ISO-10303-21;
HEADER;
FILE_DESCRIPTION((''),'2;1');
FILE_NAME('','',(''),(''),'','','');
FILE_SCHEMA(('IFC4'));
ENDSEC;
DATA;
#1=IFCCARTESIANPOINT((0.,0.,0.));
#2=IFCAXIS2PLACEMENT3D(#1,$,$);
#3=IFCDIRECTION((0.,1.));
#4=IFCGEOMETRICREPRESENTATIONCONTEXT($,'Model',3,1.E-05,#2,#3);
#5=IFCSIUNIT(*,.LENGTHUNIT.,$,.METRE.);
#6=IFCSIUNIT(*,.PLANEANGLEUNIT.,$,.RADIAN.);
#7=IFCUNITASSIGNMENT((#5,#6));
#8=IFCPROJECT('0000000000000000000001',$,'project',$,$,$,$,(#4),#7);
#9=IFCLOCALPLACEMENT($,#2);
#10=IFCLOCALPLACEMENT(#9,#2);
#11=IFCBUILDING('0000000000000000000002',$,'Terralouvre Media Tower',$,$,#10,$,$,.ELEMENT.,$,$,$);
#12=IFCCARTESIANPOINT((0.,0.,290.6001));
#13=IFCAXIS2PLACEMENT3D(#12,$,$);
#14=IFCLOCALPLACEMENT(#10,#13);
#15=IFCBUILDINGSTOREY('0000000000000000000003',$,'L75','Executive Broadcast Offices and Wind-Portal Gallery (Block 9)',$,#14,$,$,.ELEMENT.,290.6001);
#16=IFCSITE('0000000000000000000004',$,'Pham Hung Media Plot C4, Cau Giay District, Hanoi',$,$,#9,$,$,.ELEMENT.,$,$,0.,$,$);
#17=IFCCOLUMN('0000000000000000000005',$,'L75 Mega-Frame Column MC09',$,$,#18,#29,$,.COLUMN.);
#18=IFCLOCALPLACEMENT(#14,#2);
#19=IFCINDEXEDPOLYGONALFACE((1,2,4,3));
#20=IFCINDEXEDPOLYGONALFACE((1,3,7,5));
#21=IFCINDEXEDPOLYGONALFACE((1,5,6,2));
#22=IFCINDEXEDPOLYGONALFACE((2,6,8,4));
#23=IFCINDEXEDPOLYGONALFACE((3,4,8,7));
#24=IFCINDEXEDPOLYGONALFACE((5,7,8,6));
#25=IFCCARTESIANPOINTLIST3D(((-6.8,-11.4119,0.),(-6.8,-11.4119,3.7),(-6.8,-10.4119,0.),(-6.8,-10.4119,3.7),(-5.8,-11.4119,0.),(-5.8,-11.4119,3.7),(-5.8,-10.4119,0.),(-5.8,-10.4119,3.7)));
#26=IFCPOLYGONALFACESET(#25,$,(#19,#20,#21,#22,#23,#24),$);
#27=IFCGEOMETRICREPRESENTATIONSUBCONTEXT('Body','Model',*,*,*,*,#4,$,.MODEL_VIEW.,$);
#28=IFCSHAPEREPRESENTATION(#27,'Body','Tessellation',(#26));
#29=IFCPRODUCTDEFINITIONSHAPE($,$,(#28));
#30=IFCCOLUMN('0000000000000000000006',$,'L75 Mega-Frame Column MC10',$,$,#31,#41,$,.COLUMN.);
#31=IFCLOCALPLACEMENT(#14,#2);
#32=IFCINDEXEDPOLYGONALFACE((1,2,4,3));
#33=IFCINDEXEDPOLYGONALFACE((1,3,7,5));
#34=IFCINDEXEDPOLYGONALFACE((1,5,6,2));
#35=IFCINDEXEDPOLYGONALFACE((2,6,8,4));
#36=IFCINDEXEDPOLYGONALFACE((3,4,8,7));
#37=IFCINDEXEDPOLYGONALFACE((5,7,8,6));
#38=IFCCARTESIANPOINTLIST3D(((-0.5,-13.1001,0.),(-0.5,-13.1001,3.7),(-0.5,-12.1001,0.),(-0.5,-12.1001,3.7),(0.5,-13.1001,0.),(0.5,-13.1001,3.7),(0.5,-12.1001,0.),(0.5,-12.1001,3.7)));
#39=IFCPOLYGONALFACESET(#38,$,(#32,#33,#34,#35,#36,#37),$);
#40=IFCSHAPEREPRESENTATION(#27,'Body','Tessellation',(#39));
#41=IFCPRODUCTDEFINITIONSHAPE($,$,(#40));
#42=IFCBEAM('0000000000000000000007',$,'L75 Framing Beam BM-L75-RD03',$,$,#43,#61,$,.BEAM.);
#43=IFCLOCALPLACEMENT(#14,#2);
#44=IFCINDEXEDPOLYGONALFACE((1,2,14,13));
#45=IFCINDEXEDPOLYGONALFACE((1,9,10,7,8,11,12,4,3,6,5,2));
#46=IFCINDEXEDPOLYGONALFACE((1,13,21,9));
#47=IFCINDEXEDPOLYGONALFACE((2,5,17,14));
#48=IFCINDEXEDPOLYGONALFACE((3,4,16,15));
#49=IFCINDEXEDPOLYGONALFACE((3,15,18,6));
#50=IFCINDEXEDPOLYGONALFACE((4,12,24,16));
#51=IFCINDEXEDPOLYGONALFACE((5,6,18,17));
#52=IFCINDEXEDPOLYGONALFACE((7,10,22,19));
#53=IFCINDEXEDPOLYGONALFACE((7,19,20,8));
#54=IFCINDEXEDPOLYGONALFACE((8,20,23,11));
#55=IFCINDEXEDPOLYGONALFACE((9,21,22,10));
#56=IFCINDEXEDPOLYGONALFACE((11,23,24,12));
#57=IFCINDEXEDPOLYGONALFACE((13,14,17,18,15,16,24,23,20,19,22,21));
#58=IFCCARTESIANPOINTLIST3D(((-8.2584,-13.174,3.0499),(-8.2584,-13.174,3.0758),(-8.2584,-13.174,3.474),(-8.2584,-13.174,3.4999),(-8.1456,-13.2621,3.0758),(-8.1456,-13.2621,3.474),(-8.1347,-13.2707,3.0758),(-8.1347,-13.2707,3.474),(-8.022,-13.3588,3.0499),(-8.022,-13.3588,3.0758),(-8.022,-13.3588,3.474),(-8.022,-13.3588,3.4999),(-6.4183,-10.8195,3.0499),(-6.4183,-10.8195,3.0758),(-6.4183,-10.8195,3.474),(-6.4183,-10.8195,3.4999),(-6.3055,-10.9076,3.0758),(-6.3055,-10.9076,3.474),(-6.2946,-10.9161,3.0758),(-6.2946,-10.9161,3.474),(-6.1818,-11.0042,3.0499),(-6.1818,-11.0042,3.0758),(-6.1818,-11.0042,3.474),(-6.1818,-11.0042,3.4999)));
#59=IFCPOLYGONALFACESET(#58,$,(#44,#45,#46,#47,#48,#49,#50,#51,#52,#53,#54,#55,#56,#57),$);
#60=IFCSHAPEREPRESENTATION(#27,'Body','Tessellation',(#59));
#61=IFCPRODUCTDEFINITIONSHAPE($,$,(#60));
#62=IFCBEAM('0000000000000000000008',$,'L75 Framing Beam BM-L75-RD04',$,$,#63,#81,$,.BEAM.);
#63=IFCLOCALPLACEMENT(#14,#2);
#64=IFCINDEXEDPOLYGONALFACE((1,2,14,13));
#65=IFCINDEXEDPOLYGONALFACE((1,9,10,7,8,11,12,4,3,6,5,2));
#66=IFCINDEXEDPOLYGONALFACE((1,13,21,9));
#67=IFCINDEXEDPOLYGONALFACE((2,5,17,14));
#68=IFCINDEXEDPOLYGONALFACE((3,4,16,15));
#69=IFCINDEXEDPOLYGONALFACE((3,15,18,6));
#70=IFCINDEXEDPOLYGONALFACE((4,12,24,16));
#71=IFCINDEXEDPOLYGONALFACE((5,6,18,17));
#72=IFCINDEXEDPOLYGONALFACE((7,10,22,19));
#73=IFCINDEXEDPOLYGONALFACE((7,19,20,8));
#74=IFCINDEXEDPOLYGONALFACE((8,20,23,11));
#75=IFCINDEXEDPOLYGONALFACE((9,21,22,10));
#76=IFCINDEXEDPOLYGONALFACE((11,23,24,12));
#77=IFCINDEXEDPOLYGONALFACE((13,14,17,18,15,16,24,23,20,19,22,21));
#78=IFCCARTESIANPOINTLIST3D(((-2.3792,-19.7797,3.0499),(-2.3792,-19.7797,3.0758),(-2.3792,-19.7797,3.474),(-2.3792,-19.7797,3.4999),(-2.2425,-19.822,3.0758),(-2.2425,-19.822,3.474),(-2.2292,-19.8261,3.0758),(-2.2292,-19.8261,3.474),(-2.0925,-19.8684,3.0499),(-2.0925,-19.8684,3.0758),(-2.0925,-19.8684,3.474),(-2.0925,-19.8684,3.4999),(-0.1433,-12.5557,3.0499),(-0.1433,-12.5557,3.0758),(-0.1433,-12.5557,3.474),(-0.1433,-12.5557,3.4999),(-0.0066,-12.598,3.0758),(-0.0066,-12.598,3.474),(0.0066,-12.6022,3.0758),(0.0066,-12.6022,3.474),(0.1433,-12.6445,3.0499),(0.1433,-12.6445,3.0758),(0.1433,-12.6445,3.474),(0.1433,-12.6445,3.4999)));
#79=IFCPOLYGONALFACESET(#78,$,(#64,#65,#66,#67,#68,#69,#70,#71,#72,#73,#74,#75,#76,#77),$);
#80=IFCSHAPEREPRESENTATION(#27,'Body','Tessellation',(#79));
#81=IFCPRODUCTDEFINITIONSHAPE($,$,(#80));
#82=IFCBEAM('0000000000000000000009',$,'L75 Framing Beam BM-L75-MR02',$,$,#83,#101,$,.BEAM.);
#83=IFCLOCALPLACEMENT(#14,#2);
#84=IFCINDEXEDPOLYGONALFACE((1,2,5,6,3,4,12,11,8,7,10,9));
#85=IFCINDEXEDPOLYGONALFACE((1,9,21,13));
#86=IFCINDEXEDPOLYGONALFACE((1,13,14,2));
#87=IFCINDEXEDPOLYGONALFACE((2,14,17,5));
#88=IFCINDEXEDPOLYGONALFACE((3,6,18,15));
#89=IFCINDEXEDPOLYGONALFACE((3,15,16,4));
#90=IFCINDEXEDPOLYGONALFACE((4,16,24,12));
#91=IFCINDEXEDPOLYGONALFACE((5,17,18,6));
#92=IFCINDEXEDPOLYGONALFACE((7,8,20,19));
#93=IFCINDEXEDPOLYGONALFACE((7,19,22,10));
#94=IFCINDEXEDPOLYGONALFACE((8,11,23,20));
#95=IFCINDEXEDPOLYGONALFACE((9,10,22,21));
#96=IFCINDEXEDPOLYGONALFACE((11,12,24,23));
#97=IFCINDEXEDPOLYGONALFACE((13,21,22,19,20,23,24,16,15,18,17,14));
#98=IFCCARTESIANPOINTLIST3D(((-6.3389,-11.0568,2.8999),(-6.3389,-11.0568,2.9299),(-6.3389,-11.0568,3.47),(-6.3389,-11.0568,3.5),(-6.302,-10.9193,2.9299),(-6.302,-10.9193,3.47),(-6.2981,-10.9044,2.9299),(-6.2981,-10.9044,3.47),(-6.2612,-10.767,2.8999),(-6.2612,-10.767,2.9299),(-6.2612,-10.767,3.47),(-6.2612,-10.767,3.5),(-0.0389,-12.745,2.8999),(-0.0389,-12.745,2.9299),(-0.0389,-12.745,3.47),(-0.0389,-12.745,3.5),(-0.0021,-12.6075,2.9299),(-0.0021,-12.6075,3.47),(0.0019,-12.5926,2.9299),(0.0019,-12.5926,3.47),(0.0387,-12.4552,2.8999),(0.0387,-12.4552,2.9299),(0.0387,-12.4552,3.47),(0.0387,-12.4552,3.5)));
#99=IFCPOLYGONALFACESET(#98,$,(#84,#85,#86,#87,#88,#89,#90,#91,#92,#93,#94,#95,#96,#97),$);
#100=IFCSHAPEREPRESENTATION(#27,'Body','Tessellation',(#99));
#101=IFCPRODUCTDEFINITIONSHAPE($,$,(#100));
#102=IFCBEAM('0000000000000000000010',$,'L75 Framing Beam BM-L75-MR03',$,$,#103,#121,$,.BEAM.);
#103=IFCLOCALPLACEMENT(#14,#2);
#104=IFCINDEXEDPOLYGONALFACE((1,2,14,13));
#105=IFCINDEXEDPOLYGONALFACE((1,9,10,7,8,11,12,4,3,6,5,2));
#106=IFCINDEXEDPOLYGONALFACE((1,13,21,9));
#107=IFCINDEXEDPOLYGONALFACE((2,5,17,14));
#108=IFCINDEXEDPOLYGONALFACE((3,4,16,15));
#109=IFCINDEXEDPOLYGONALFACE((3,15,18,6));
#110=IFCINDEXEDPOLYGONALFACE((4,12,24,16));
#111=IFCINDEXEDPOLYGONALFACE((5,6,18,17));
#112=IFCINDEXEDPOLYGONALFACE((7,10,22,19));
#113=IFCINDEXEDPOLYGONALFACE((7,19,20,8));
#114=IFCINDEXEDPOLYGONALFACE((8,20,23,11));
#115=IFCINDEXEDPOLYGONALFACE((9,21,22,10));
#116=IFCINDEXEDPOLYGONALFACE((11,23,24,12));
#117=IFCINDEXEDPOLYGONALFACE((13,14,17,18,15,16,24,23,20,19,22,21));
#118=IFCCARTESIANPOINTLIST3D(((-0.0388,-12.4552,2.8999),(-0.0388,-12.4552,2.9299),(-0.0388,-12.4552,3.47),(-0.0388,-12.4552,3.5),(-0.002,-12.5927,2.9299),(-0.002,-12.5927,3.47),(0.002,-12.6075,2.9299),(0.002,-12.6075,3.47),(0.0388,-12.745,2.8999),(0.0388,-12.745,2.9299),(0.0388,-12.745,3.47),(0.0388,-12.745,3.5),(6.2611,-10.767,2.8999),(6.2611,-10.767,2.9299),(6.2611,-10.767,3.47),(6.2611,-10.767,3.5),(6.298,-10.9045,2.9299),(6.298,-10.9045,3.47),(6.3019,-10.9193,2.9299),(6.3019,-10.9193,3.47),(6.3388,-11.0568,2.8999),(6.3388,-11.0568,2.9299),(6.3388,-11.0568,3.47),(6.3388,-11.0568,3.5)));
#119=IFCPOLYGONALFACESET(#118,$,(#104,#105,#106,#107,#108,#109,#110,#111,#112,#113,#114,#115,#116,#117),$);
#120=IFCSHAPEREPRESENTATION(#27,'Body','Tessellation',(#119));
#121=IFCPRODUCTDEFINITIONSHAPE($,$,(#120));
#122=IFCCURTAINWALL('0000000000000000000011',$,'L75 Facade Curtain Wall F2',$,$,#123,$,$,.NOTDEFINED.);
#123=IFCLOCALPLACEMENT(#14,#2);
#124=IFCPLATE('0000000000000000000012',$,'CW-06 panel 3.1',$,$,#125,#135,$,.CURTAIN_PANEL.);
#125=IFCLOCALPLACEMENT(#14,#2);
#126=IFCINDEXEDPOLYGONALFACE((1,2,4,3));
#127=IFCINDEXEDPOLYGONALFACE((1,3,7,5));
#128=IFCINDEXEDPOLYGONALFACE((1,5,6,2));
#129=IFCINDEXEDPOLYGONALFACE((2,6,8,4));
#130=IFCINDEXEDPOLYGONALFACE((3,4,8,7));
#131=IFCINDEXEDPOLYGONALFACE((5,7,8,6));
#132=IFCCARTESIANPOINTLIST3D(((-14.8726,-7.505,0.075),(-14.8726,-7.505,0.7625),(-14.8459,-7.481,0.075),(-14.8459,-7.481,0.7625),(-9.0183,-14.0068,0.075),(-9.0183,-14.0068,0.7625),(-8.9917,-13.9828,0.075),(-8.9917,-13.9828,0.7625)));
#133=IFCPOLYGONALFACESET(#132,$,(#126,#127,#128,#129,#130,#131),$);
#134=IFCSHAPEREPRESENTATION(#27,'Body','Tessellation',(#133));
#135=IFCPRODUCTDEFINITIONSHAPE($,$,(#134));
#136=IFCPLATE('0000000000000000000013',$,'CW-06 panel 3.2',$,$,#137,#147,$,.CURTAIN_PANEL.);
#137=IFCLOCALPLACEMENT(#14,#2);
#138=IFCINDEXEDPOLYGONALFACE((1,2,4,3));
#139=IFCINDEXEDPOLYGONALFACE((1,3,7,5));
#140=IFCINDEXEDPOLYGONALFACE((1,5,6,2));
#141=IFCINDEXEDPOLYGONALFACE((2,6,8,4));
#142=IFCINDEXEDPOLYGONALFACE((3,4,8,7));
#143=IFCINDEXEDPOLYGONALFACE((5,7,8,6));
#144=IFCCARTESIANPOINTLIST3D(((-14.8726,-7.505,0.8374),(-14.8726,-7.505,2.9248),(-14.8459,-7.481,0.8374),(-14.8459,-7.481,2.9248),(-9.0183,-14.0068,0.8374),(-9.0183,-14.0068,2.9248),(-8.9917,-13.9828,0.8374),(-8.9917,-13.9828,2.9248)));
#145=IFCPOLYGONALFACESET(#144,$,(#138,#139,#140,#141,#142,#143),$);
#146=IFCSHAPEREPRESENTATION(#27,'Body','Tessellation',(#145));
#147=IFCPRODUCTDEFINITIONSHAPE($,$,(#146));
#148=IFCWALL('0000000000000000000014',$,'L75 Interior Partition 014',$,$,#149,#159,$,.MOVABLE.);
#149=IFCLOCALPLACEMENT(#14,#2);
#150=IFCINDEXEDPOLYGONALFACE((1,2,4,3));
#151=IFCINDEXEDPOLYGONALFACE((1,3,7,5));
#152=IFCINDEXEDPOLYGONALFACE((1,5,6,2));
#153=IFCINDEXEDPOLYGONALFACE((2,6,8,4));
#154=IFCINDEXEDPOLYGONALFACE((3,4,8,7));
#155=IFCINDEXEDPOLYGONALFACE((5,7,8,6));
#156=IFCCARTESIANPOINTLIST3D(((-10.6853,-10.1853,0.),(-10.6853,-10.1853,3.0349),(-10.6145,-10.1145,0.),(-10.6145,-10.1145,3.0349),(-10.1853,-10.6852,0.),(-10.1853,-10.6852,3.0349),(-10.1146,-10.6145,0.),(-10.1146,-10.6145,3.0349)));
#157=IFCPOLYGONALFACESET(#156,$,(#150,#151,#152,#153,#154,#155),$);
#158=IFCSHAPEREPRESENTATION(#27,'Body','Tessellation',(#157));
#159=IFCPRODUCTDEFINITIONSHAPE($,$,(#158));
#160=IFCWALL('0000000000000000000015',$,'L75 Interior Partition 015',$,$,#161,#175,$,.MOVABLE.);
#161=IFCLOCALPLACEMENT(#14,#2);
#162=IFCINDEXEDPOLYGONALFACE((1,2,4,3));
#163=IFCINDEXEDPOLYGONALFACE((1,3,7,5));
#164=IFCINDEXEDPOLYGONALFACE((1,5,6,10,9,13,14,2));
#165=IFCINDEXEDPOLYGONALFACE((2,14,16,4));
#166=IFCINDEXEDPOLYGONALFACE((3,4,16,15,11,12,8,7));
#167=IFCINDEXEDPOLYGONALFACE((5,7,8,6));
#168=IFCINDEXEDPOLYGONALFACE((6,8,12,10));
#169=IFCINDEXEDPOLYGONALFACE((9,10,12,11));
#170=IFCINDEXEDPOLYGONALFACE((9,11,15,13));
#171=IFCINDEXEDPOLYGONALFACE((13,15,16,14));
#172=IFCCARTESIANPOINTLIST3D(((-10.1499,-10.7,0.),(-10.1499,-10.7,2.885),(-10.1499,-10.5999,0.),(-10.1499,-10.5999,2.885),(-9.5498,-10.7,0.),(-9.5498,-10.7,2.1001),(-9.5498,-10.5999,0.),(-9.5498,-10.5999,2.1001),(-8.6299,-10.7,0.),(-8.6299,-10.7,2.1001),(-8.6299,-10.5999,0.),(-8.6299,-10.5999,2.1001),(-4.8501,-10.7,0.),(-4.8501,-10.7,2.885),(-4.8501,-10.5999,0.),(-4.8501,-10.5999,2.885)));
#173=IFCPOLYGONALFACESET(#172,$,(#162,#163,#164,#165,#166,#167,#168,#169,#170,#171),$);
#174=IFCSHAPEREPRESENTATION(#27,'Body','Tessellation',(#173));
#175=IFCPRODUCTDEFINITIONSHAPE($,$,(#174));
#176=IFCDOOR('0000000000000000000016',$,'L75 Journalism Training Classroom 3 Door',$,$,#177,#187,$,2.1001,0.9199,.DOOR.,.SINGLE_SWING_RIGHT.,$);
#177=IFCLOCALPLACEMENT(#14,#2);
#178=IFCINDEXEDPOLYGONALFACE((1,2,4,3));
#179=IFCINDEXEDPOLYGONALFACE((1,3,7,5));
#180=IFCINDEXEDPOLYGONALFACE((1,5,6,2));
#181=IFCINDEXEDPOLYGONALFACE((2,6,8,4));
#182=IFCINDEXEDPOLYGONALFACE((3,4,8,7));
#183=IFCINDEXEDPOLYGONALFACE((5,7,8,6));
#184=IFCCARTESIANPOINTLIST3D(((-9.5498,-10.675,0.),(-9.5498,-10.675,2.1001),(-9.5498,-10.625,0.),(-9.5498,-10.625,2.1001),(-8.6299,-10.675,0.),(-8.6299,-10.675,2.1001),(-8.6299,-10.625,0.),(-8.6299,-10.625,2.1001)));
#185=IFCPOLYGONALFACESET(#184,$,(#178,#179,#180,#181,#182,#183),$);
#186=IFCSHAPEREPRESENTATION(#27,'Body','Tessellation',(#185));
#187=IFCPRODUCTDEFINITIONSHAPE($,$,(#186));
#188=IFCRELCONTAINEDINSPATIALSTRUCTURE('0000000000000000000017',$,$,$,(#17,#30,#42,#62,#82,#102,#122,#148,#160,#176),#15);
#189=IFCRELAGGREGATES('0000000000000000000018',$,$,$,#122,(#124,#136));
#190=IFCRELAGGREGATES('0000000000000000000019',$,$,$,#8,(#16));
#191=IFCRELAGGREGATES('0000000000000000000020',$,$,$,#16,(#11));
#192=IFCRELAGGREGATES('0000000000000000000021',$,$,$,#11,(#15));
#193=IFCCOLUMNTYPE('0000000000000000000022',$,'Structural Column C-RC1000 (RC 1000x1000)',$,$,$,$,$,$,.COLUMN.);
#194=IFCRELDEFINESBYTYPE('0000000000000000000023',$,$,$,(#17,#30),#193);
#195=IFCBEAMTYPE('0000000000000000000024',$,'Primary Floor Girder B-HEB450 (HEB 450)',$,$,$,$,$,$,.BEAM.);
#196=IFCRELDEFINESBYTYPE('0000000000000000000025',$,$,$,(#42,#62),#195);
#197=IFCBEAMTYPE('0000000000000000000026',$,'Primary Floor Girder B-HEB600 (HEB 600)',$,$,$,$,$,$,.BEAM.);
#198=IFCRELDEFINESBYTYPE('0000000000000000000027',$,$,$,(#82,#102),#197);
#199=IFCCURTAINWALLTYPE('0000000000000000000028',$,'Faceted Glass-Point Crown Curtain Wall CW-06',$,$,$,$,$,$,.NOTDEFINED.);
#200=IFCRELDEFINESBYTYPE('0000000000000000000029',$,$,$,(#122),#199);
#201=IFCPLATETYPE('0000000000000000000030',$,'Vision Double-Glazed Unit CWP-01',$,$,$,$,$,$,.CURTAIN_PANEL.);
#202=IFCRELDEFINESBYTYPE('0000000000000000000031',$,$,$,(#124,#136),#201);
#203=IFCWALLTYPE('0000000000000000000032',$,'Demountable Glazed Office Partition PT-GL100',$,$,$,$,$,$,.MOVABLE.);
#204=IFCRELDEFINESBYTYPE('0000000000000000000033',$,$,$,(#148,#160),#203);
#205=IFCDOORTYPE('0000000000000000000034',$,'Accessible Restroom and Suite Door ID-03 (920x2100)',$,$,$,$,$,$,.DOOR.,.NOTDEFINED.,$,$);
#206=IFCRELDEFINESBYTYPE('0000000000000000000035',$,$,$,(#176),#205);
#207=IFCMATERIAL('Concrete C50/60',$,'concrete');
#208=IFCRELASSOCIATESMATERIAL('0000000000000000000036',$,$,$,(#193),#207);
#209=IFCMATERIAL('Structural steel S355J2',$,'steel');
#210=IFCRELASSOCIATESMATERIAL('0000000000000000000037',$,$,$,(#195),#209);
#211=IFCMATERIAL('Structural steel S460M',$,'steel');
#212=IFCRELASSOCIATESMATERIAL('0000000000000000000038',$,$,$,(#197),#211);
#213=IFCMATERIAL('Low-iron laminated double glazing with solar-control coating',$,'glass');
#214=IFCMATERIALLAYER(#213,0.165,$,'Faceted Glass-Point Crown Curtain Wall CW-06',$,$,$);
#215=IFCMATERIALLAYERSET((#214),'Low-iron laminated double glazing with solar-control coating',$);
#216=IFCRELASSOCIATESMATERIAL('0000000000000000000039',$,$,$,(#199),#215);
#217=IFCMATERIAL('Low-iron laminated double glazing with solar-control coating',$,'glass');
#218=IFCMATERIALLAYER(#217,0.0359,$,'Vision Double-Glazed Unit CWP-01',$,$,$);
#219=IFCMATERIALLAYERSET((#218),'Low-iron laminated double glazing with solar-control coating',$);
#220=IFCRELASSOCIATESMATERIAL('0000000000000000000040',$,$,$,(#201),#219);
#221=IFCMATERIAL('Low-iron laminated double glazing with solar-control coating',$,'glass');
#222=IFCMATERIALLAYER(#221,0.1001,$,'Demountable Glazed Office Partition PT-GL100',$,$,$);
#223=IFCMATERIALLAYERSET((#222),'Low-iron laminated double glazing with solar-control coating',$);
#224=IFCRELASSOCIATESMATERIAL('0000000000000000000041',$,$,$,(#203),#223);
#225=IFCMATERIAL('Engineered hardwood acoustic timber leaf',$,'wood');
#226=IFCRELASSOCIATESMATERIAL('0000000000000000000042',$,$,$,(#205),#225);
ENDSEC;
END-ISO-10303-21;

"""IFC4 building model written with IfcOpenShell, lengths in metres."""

from ifc_helpers import new_model, si_unit, direction, frame, frame_2d, origin, origin_2d, place, context, subcontext, project, spatial, rectangle, i_section, extrude, material, layer, layer_set, material_profile, profile_set, type_object, element, fill, aggregate, save


model = new_model("IFC4")

# Units and contexts
model_context = context("Model", 3, precision=1e-05, world=origin(), true_north=direction((0.0, 1.0)))
body_context = subcontext(model_context, "Body", "Model", "MODEL_VIEW")
ifc_project = project(units=[si_unit("LENGTHUNIT", "METRE"), si_unit("PLANEANGLEUNIT", "RADIAN")], contexts=[model_context])

# Site, building, storey
site_placement = place(None, origin())
site = spatial("IfcSite", under=ifc_project, at=site_placement, Name="Pham Hung Media Plot C4, Cau Giay District, Hanoi", CompositionType="ELEMENT", RefElevation=0.0)
building_placement = place(site_placement, origin())
building = spatial("IfcBuilding", under=site, at=building_placement, Name="Terralouvre Media Tower", CompositionType="ELEMENT")
storey_placement = place(building_placement, frame((0.0, 0.0, 290.6001)))
storey = spatial("IfcBuildingStorey", under=building, at=storey_placement, Name="L75", Description="Executive Broadcast Offices and Wind-Portal Gallery (Block 9)", CompositionType="ELEMENT", Elevation=290.6001)

# Columns
ifc_material_1 = material(Name="Concrete C50/60", Category="concrete")
ifc_material_profile_1 = material_profile(ifc_material_1, rectangle(XDim=1.0, YDim=1.0, at=origin_2d()), Name="RC 1000x1000")
ifc_profile_set_1 = profile_set([ifc_material_profile_1], Name="Concrete C50/60")
column_type = type_object("IfcColumnType", Name="Structural Column C-RC1000 (RC 1000x1000)", PredefinedType="COLUMN", material=ifc_profile_set_1)
for number, where, z_axis, x_axis, name in (
    (1, (-6.3, -10.9119, 0.0), (0.0, 0.0, 1.0), (1.0, 0.0, 0.0), "L75 Mega-Frame Column MC09"),
    (2, (0.0, -12.6001, 0.0), (0.0, 0.0, 1.0), (1.0, 0.0, 0.0), "L75 Mega-Frame Column MC10"),
):
    element("IfcColumn", number, at=place(storey_placement, frame(where, z_axis=z_axis, x_axis=x_axis)), inside=storey, type_object=column_type, Name=name, PredefinedType="COLUMN", context=body_context, shape_type="SweptSolid", body=[
        extrude(rectangle(XDim=1.0, YDim=1.0, at=origin_2d()), origin(), (0.0, 0.0, 1.0), 3.7),
    ])

# Beams
ifc_material_2 = material(Name="Structural steel S355J2", Category="steel")
ifc_material_profile_2 = material_profile(ifc_material_2, i_section(OverallWidth=0.3, OverallDepth=0.45, WebThickness=0.0139, FlangeThickness=0.0259, at=origin_2d()), Name="HEB 450")
ifc_profile_set_2 = profile_set([ifc_material_profile_2], Name="Structural steel S355J2")
beam_type_1 = type_object("IfcBeamType", Name="Primary Floor Girder B-HEB450 (HEB 450)", PredefinedType="BEAM", material=ifc_profile_set_2)
beam_1_placement = place(storey_placement, frame((-6.3, -10.9119, 3.2749), z_axis=(-0.615777, -0.78792, 0.0), x_axis=(0.78792, -0.615777, 0.0)))
element("IfcBeam", 3, at=beam_1_placement, inside=storey, type_object=beam_type_1, Name="L75 Framing Beam BM-L75-RD03", PredefinedType="BEAM", context=body_context, shape_type="SweptSolid", body=[
    extrude(i_section(OverallWidth=0.3, OverallDepth=0.45, WebThickness=0.0139, FlangeThickness=0.0259, at=origin_2d()), origin(), (0.0, 0.0, 1.0), 2.9883),
])
beam_2_placement = place(storey_placement, frame((0.0, -12.6001, 3.2749), z_axis=(-0.295669, -0.95529, 0.0), x_axis=(0.95529, -0.295669, 0.0)))
element("IfcBeam", 4, at=beam_2_placement, inside=storey, type_object=beam_type_1, Name="L75 Framing Beam BM-L75-RD04", PredefinedType="BEAM", context=body_context, shape_type="SweptSolid", body=[
    extrude(i_section(OverallWidth=0.3, OverallDepth=0.45, WebThickness=0.0139, FlangeThickness=0.0259, at=origin_2d()), origin(), (0.0, 0.0, 1.0), 7.562),
])
ifc_material_3 = material(Name="Structural steel S460M", Category="steel")
ifc_material_profile_3 = material_profile(ifc_material_3, i_section(OverallWidth=0.3, OverallDepth=0.6001, WebThickness=0.0154, FlangeThickness=0.03, at=origin_2d()), Name="HEB 600")
ifc_profile_set_3 = profile_set([ifc_material_profile_3], Name="Structural steel S460M")
beam_type_2 = type_object("IfcBeamType", Name="Primary Floor Girder B-HEB600 (HEB 600)", PredefinedType="BEAM", material=ifc_profile_set_3)
for number, where, z_axis, x_axis, name in (
    (5, (-6.3, -10.9119, 3.2), (0.96592, -0.258839, 0.0), (0.258839, 0.96592, 0.0), "L75 Framing Beam BM-L75-MR02"),
    (6, (0.0, -12.6001, 3.2), (0.96592, 0.258839, 0.0), (-0.258839, 0.96592, 0.0), "L75 Framing Beam BM-L75-MR03"),
):
    element("IfcBeam", number, at=place(storey_placement, frame(where, z_axis=z_axis, x_axis=x_axis)), inside=storey, type_object=beam_type_2, Name=name, PredefinedType="BEAM", context=body_context, shape_type="SweptSolid", body=[
        extrude(i_section(OverallWidth=0.3, OverallDepth=0.6001, WebThickness=0.0154, FlangeThickness=0.03, at=origin_2d()), origin(), (0.0, 0.0, 1.0), 6.5222),
    ])

# Curtain wall, plates
ifc_material_4 = material(Name="Low-iron laminated double glazing with solar-control coating", Category="glass")
ifc_layer_1 = layer(ifc_material_4, 0.165, Name="Faceted Glass-Point Crown Curtain Wall CW-06")
ifc_layer_set_1 = layer_set([ifc_layer_1], Name="Low-iron laminated double glazing with solar-control coating")
curtain_wall_type = type_object("IfcCurtainWallType", Name="Faceted Glass-Point Crown Curtain Wall CW-06", PredefinedType="NOTDEFINED", material=ifc_layer_set_1)
curtain_wall_placement = place(storey_placement, origin())
curtain_wall = element("IfcCurtainWall", 7, at=curtain_wall_placement, inside=storey, type_object=curtain_wall_type, Name="L75 Facade Curtain Wall F2", PredefinedType="NOTDEFINED")
ifc_material_5 = material(Name="Low-iron laminated double glazing with solar-control coating", Category="glass")
ifc_layer_2 = layer(ifc_material_5, 0.0359, Name="Vision Double-Glazed Unit CWP-01")
ifc_layer_set_2 = layer_set([ifc_layer_2], Name="Low-iron laminated double glazing with solar-control coating")
plate_type = type_object("IfcPlateType", Name="Vision Double-Glazed Unit CWP-01", PredefinedType="CURTAIN_PANEL", material=ifc_layer_set_2)
plate_1_placement = place(storey_placement, frame((-11.9321, -10.7439, 0.075), z_axis=(0.0, 0.0, 1.0), x_axis=(0.669131, -0.743145, 0.0)))
plate_1 = element("IfcPlate", 8, at=plate_1_placement, type_object=plate_type, Name="CW-06 panel 3.1", PredefinedType="CURTAIN_PANEL", context=body_context, shape_type="SweptSolid", body=[
    extrude(rectangle(XDim=8.749, YDim=0.0359, at=origin_2d()), origin(), (0.0, 0.0, 1.0), 0.6875),
])
plate_2_placement = place(storey_placement, frame((-11.9321, -10.7439, 0.8374), z_axis=(0.0, 0.0, 1.0), x_axis=(0.669131, -0.743145, 0.0)))
plate_2 = element("IfcPlate", 9, at=plate_2_placement, type_object=plate_type, Name="CW-06 panel 3.2", PredefinedType="CURTAIN_PANEL", context=body_context, shape_type="SweptSolid", body=[
    extrude(rectangle(XDim=8.749, YDim=0.0359, at=origin_2d()), origin(), (0.0, 0.0, 1.0), 2.0874),
])
aggregate(curtain_wall, [plate_1, plate_2])

# Wall
ifc_material_6 = material(Name="Low-iron laminated double glazing with solar-control coating", Category="glass")
ifc_layer_3 = layer(ifc_material_6, 0.1001, Name="Demountable Glazed Office Partition PT-GL100")
ifc_layer_set_3 = layer_set([ifc_layer_3], Name="Low-iron laminated double glazing with solar-control coating")
wall_type_1 = type_object("IfcWallType", Name="Demountable Glazed Office Partition PT-GL100", PredefinedType="MOVABLE", material=ifc_layer_set_3)
wall_1_placement = place(storey_placement, frame((-10.6499, -10.1499, 0.0), z_axis=(0.0, 0.0, 1.0), x_axis=(0.707107, -0.707107, 0.0)))
element("IfcWall", 10, at=wall_1_placement, inside=storey, type_object=wall_type_1, Name="L75 Interior Partition 014", PredefinedType="MOVABLE", context=body_context, shape_type="SweptSolid", body=[
    extrude(rectangle(XDim=0.707, YDim=0.1001, at=frame_2d((0.3535, 0.0))), origin(), (0.0, 0.0, 1.0), 3.0349),
])

# Wall, opening, door
wall_2_placement = place(storey_placement, frame((-10.1499, -10.6499, 0.0), z_axis=(0.0, 0.0, 1.0), x_axis=(1.0, 0.0, 0.0)))
wall_2 = element("IfcWall", 11, at=wall_2_placement, inside=storey, type_object=wall_type_1, Name="L75 Interior Partition 015", PredefinedType="MOVABLE", context=body_context, shape_type="SweptSolid", body=[
    extrude(rectangle(XDim=5.2998, YDim=0.1001, at=frame_2d((2.6499, 0.0))), origin(), (0.0, 0.0, 1.0), 2.885),
])
opening_1_placement = place(wall_2_placement, frame((0.6001, 0.0, 0.0)))
opening_1 = element("IfcOpeningElement", 12, at=opening_1_placement, cuts=wall_2, PredefinedType="OPENING", context=body_context, shape_type="SweptSolid", body=[
    extrude(rectangle(XDim=0.9199, YDim=2.1001, at=frame_2d((0.46, 1.05))), frame((0.0, 0.0601, 0.0), z_axis=(0.0, -1.0, 0.0), x_axis=(1.0, 0.0, 0.0)), (0.0, 0.0, 1.0), 0.1201),
])
ifc_material_7 = material(Name="Engineered hardwood acoustic timber leaf", Category="wood")
door_type = type_object("IfcDoorType", Name="Accessible Restroom and Suite Door ID-03 (920x2100)", OperationType="NOTDEFINED", PredefinedType="DOOR", material=ifc_material_7)
door_1_placement = place(opening_1_placement, origin())
door_1 = element("IfcDoor", 13, at=door_1_placement, inside=storey, type_object=door_type, Name="L75 Journalism Training Classroom 3 Door", OperationType="SINGLE_SWING_RIGHT", OverallHeight=2.1001, OverallWidth=0.9199, PredefinedType="DOOR", context=body_context, shape_type="SweptSolid", body=[
    extrude(rectangle(XDim=0.9199, YDim=2.1001, at=frame_2d((0.46, 1.05))), frame((0.0, 0.0249, 0.0), z_axis=(0.0, -1.0, 0.0), x_axis=(1.0, 0.0, 0.0)), (0.0, 0.0, 1.0), 0.05),
])
fill(opening_1, door_1)

save(model, "model.ifc")
